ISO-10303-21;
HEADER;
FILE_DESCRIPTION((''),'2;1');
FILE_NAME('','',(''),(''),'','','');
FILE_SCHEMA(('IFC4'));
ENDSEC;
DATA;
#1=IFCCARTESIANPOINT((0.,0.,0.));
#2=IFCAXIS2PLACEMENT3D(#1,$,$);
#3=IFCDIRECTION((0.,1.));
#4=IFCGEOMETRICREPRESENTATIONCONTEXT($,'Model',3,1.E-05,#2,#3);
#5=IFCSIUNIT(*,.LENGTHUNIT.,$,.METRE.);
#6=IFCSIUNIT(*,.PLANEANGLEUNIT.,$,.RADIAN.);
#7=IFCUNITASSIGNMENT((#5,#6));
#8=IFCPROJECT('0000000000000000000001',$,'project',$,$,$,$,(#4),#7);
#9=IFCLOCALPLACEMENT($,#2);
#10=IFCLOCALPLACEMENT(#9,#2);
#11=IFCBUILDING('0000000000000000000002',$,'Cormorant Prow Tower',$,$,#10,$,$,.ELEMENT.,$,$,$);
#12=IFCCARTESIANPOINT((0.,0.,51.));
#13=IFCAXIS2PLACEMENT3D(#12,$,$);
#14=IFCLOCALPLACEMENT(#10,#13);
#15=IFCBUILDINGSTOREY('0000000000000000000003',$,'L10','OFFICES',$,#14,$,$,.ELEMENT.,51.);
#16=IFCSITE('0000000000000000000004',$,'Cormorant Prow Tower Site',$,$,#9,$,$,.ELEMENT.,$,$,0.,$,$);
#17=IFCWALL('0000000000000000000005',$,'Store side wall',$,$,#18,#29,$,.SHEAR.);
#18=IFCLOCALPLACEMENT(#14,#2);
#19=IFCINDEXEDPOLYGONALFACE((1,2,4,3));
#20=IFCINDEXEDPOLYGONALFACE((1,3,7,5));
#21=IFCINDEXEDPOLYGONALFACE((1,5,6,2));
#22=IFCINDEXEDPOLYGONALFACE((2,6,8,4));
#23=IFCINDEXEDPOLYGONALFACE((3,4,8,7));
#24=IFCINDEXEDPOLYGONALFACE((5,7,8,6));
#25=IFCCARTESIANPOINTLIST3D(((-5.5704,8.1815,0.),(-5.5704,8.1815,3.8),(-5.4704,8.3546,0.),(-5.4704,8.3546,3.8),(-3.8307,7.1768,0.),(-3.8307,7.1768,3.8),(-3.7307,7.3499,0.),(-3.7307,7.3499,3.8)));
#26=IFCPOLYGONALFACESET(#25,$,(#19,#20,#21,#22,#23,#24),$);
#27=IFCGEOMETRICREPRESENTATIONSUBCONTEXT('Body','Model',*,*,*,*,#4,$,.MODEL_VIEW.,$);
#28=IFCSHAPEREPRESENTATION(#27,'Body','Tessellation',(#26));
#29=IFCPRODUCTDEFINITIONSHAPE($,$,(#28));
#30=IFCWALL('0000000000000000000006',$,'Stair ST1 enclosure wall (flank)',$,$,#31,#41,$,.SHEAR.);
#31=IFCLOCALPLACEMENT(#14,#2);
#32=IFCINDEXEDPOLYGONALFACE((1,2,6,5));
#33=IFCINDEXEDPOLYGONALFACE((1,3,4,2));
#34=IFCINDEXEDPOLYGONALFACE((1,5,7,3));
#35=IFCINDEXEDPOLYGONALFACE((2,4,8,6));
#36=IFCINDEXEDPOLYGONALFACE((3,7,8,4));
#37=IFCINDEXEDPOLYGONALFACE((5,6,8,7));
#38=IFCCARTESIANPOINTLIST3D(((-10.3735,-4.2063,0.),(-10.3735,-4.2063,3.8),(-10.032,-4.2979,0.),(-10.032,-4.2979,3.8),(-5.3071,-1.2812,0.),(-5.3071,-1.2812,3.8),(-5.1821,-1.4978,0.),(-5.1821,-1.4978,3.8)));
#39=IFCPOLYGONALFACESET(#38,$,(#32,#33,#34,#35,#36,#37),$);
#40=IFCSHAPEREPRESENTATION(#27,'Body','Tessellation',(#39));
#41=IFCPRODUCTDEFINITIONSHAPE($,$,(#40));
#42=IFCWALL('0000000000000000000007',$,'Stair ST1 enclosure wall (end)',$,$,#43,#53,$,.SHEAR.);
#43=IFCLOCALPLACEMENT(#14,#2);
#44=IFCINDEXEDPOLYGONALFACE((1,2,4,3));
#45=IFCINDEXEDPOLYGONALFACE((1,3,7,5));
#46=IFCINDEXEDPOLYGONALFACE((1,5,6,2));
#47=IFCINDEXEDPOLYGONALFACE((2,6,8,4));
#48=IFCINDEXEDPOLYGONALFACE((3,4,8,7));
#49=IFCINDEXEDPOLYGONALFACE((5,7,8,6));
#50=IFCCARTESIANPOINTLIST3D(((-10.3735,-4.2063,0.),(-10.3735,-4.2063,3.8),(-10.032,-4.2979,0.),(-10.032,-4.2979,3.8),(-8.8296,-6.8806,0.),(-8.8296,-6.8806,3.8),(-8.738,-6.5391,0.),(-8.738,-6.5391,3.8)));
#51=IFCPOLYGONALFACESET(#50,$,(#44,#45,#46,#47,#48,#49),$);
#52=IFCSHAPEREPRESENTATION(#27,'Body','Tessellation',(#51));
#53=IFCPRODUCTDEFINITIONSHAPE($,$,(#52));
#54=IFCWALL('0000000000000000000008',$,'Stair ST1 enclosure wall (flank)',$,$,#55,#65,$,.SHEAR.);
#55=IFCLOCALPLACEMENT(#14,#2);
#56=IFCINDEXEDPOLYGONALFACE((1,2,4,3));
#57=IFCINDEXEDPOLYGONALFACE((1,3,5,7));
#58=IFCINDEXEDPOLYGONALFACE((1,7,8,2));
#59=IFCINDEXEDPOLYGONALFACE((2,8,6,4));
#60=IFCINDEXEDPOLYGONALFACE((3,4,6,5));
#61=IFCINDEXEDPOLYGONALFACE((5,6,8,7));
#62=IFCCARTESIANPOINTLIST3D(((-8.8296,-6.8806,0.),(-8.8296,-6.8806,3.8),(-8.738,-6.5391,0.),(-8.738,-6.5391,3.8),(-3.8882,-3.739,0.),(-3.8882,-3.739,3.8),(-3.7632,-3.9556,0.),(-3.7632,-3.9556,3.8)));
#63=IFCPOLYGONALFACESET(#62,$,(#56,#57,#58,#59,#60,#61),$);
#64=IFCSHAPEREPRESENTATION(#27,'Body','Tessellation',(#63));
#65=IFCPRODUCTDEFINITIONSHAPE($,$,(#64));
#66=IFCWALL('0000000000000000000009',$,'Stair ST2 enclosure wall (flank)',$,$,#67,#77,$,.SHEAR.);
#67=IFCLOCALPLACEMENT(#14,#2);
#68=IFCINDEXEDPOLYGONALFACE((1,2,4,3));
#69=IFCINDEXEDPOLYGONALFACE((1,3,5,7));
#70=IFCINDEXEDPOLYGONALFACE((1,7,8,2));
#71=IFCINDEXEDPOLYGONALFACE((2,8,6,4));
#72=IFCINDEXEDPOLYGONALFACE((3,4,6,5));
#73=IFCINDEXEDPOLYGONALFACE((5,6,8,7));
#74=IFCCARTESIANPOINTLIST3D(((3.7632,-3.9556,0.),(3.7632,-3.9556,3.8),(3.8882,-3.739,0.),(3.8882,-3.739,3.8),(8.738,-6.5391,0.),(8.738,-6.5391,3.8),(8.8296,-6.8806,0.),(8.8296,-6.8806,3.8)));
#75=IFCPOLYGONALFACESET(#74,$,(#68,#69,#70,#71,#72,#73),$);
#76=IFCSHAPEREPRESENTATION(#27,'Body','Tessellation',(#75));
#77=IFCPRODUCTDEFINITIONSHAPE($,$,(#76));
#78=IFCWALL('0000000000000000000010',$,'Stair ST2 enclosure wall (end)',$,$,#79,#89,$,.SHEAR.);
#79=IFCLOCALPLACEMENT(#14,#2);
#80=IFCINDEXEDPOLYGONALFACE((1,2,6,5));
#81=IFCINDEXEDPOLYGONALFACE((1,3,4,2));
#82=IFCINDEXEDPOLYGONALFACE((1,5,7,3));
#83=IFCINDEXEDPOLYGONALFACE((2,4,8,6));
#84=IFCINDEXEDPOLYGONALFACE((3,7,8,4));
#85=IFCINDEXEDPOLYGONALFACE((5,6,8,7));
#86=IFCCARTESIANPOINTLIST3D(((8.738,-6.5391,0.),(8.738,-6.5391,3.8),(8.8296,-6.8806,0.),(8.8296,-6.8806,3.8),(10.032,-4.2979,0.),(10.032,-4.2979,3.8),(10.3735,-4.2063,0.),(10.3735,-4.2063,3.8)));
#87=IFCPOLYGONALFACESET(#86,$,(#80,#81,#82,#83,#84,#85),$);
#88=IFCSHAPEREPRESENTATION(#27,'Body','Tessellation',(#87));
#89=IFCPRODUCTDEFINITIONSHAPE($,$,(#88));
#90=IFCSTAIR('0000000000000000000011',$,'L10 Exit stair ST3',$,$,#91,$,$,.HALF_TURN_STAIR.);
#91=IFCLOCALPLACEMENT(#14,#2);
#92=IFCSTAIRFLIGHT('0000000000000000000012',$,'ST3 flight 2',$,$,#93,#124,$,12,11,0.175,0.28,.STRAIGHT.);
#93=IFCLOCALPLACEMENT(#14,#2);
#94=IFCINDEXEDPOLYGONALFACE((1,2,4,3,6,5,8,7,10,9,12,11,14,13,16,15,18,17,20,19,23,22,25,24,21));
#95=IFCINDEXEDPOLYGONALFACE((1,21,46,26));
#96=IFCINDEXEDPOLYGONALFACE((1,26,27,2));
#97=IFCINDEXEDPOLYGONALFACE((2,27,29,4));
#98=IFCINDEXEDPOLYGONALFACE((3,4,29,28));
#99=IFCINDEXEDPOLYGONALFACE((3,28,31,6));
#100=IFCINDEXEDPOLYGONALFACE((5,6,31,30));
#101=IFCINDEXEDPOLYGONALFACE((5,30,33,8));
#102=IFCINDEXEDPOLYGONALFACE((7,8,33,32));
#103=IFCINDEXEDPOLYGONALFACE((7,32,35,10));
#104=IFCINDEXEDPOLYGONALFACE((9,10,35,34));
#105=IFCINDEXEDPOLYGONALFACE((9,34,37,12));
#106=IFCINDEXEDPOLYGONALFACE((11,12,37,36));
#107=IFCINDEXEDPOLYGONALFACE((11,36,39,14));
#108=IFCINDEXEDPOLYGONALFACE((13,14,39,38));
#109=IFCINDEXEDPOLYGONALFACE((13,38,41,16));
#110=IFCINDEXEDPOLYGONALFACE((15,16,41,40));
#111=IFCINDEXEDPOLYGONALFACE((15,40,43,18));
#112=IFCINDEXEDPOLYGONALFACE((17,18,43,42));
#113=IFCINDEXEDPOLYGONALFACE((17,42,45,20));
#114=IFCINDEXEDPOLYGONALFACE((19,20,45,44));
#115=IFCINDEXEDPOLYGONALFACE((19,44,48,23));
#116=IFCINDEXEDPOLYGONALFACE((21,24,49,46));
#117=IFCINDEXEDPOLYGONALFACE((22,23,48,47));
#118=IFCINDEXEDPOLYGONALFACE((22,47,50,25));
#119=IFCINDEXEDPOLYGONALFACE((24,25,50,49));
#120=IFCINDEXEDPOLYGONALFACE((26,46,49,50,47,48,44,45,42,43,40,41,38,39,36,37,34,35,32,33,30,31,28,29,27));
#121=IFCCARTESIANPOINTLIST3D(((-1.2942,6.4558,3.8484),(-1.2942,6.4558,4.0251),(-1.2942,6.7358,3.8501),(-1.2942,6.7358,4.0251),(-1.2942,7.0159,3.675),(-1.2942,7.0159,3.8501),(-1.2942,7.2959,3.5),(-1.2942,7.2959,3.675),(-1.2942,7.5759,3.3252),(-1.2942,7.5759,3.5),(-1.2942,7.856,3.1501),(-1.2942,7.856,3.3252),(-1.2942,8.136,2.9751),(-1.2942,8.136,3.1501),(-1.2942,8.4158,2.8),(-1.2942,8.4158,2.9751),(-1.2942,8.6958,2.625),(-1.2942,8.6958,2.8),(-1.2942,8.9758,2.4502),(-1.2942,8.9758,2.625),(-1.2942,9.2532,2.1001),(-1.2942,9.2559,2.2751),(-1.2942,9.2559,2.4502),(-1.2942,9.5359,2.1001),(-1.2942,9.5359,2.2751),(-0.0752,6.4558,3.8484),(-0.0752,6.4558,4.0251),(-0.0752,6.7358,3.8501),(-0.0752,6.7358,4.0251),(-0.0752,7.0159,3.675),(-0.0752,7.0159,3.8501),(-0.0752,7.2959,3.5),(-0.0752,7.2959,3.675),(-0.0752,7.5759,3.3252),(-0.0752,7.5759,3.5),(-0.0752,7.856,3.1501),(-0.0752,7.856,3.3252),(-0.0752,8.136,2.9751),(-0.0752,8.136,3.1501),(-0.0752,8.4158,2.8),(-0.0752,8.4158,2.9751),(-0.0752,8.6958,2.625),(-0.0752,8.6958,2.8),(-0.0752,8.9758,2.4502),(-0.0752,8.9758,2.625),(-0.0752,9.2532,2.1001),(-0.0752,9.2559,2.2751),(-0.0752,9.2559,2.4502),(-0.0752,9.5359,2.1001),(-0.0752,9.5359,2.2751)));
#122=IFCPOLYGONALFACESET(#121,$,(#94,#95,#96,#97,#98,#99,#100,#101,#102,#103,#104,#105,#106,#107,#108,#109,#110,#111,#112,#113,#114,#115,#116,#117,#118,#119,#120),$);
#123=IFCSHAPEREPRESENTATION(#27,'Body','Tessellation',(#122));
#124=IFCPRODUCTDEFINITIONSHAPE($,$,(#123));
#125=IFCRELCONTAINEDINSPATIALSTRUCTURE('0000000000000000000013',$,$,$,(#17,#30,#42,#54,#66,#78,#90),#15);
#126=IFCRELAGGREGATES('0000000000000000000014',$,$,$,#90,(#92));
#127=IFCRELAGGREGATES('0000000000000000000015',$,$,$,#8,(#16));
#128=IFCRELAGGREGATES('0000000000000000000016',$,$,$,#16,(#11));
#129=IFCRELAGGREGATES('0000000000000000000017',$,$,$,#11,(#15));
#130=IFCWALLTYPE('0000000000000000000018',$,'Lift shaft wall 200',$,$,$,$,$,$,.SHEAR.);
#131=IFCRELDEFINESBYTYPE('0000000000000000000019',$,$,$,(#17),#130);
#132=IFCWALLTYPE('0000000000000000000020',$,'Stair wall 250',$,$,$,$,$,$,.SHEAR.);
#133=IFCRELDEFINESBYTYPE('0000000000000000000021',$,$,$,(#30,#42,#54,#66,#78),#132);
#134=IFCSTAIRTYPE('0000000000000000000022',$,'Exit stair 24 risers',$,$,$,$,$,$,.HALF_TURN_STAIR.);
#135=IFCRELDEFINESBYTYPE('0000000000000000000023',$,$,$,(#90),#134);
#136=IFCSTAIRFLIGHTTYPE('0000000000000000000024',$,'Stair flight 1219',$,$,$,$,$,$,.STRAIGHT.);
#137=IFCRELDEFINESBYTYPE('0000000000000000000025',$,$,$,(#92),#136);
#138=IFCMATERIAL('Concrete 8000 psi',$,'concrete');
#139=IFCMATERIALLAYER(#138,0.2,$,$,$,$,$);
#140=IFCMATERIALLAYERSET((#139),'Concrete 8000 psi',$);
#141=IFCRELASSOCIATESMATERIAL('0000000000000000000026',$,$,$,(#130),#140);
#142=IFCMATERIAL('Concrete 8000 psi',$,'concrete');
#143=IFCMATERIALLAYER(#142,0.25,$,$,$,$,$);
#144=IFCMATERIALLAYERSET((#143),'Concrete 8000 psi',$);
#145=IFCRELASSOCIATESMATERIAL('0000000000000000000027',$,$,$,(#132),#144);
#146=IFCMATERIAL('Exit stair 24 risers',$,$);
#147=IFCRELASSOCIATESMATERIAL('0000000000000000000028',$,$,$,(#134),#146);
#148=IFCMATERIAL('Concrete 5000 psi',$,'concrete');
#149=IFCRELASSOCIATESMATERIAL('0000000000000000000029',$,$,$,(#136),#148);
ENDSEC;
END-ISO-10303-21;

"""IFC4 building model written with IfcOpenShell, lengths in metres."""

from ifc_helpers import new_model, si_unit, direction, frame, frame_2d, origin, place, context, subcontext, project, spatial, polyline, rectangle, outline, extrude, material, layer, layer_set, type_object, element, aggregate, save


model = new_model("IFC4")

# Units and contexts
model_context = context("Model", 3, precision=1e-05, world=origin(), true_north=direction((0.0, 1.0)))
body_context = subcontext(model_context, "Body", "Model", "MODEL_VIEW")
ifc_project = project(units=[si_unit("LENGTHUNIT", "METRE"), si_unit("PLANEANGLEUNIT", "RADIAN")], contexts=[model_context])

# Site, building, storey
site_placement = place(None, origin())
site = spatial("IfcSite", under=ifc_project, at=site_placement, Name="Cormorant Prow Tower Site", CompositionType="ELEMENT", RefElevation=0.0)
building_placement = place(site_placement, origin())
building = spatial("IfcBuilding", under=site, at=building_placement, Name="Cormorant Prow Tower", CompositionType="ELEMENT")
storey_placement = place(building_placement, frame((0.0, 0.0, 51.0)))
storey = spatial("IfcBuildingStorey", under=building, at=storey_placement, Name="L10", Description="OFFICES", CompositionType="ELEMENT", Elevation=51.0)

# Walls
ifc_material_1 = material(Name="Concrete 8000 psi", Category="concrete")
ifc_layer_1 = layer(ifc_material_1, 0.2)
ifc_layer_set_1 = layer_set([ifc_layer_1], Name="Concrete 8000 psi")
wall_type_1 = type_object("IfcWallType", Name="Lift shaft wall 200", PredefinedType="SHEAR", material=ifc_layer_set_1)
wall_1_placement = place(storey_placement, frame((-3.7808, 7.2634, 0.0), z_axis=(0.0, 0.0, 1.0), x_axis=(-0.865983, 0.500073, 0.0)))
element("IfcWall", 1, at=wall_1_placement, inside=storey, type_object=wall_type_1, Name="Store side wall", PredefinedType="SHEAR", context=body_context, shape_type="SweptSolid", body=[
    extrude(rectangle(XDim=2.009, YDim=0.2, at=frame_2d((1.0044, 0.0))), origin(), (0.0, 0.0, 1.0), 3.8),
])
ifc_material_2 = material(Name="Concrete 8000 psi", Category="concrete")
ifc_layer_2 = layer(ifc_material_2, 0.25)
ifc_layer_set_2 = layer_set([ifc_layer_2], Name="Concrete 8000 psi")
wall_type_2 = type_object("IfcWallType", Name="Stair wall 250", PredefinedType="SHEAR", material=ifc_layer_set_2)
wall_2_placement = place(storey_placement, origin())
element("IfcWall", 2, at=wall_2_placement, inside=storey, type_object=wall_type_2, Name="Stair ST1 enclosure wall (flank)", PredefinedType="SHEAR", context=body_context, shape_type="SweptSolid", body=[
    extrude(outline(polyline([(-5.3071, -1.2812), (-10.3735, -4.2063), (-10.032, -4.2979), (-5.1821, -1.4978), (-5.3071, -1.2812)])), origin(), (0.0, 0.0, 1.0), 3.8),
])
wall_3_placement = place(storey_placement, origin())
element("IfcWall", 3, at=wall_3_placement, inside=storey, type_object=wall_type_2, Name="Stair ST1 enclosure wall (end)", PredefinedType="SHEAR", context=body_context, shape_type="SweptSolid", body=[
    extrude(outline(polyline([(-10.3735, -4.2063), (-8.8296, -6.8806), (-8.738, -6.5391), (-10.032, -4.2979), (-10.3735, -4.2063)])), origin(), (0.0, 0.0, 1.0), 3.8),
])
wall_4_placement = place(storey_placement, origin())
element("IfcWall", 4, at=wall_4_placement, inside=storey, type_object=wall_type_2, Name="Stair ST1 enclosure wall (flank)", PredefinedType="SHEAR", context=body_context, shape_type="SweptSolid", body=[
    extrude(outline(polyline([(-8.738, -6.5391), (-8.8296, -6.8806), (-3.7632, -3.9556), (-3.8882, -3.739), (-8.738, -6.5391)])), origin(), (0.0, 0.0, 1.0), 3.8),
])
wall_5_placement = place(storey_placement, origin())
element("IfcWall", 5, at=wall_5_placement, inside=storey, type_object=wall_type_2, Name="Stair ST2 enclosure wall (flank)", PredefinedType="SHEAR", context=body_context, shape_type="SweptSolid", body=[
    extrude(outline(polyline([(3.7632, -3.9556), (8.8296, -6.8806), (8.738, -6.5391), (3.8882, -3.739), (3.7632, -3.9556)])), origin(), (0.0, 0.0, 1.0), 3.8),
])
wall_6_placement = place(storey_placement, origin())
element("IfcWall", 6, at=wall_6_placement, inside=storey, type_object=wall_type_2, Name="Stair ST2 enclosure wall (end)", PredefinedType="SHEAR", context=body_context, shape_type="SweptSolid", body=[
    extrude(outline(polyline([(8.8296, -6.8806), (10.3735, -4.2063), (10.032, -4.2979), (8.738, -6.5391), (8.8296, -6.8806)])), origin(), (0.0, 0.0, 1.0), 3.8),
])

# Stair, stair flight
ifc_material_3 = material(Name="Exit stair 24 risers")
stair_type = type_object("IfcStairType", Name="Exit stair 24 risers", PredefinedType="HALF_TURN_STAIR", material=ifc_material_3)
stair_placement = place(storey_placement, origin())
stair = element("IfcStair", 7, at=stair_placement, inside=storey, type_object=stair_type, Name="L10 Exit stair ST3", PredefinedType="HALF_TURN_STAIR")
ifc_material_4 = material(Name="Concrete 5000 psi", Category="concrete")
stair_flight_type = type_object("IfcStairFlightType", Name="Stair flight 1219", PredefinedType="STRAIGHT", material=ifc_material_4)
stair_flight_placement = place(storey_placement, frame((-0.6846, 9.5359, 2.1001), z_axis=(0.0, 0.0, 1.0), x_axis=(0.0, -1.0, 0.0)))
stair_flight = element("IfcStairFlight", 8, at=stair_flight_placement, type_object=stair_flight_type, Name="ST3 flight 2", NumberOfRisers=12, NumberOfTreads=11, PredefinedType="STRAIGHT", RiserHeight=0.175, TreadLength=0.28, context=body_context, shape_type="SweptSolid", body=[
    extrude(outline(polyline([(0.0, 0.0), (0.0, 0.175), (0.28, 0.175), (0.28, 0.3501), (0.5601, 0.3501), (0.5601, 0.5249), (0.8401, 0.5249), (0.8401, 0.7), (1.1201, 0.7), (1.1201, 0.875), (1.3999, 0.875), (1.3999, 1.05), (1.6799, 1.05), (1.6799, 1.2251), (1.96, 1.2251), (1.96, 1.3999), (2.24, 1.3999), (2.24, 1.575), (2.52, 1.575), (2.52, 1.75), (2.8, 1.75), (2.8, 1.925), (3.0801, 1.925), (3.0801, 2.1001), (3.0801, 1.7483), (0.2827, 0.0), (0.0, 0.0)])), frame((0.0, 0.6094, 0.0), z_axis=(0.0, -1.0, 0.0), x_axis=(1.0, 0.0, 0.0)), (0.0, 0.0, 1.0), 1.219),
])
aggregate(stair, [stair_flight])

save(model, "model.ifc")
